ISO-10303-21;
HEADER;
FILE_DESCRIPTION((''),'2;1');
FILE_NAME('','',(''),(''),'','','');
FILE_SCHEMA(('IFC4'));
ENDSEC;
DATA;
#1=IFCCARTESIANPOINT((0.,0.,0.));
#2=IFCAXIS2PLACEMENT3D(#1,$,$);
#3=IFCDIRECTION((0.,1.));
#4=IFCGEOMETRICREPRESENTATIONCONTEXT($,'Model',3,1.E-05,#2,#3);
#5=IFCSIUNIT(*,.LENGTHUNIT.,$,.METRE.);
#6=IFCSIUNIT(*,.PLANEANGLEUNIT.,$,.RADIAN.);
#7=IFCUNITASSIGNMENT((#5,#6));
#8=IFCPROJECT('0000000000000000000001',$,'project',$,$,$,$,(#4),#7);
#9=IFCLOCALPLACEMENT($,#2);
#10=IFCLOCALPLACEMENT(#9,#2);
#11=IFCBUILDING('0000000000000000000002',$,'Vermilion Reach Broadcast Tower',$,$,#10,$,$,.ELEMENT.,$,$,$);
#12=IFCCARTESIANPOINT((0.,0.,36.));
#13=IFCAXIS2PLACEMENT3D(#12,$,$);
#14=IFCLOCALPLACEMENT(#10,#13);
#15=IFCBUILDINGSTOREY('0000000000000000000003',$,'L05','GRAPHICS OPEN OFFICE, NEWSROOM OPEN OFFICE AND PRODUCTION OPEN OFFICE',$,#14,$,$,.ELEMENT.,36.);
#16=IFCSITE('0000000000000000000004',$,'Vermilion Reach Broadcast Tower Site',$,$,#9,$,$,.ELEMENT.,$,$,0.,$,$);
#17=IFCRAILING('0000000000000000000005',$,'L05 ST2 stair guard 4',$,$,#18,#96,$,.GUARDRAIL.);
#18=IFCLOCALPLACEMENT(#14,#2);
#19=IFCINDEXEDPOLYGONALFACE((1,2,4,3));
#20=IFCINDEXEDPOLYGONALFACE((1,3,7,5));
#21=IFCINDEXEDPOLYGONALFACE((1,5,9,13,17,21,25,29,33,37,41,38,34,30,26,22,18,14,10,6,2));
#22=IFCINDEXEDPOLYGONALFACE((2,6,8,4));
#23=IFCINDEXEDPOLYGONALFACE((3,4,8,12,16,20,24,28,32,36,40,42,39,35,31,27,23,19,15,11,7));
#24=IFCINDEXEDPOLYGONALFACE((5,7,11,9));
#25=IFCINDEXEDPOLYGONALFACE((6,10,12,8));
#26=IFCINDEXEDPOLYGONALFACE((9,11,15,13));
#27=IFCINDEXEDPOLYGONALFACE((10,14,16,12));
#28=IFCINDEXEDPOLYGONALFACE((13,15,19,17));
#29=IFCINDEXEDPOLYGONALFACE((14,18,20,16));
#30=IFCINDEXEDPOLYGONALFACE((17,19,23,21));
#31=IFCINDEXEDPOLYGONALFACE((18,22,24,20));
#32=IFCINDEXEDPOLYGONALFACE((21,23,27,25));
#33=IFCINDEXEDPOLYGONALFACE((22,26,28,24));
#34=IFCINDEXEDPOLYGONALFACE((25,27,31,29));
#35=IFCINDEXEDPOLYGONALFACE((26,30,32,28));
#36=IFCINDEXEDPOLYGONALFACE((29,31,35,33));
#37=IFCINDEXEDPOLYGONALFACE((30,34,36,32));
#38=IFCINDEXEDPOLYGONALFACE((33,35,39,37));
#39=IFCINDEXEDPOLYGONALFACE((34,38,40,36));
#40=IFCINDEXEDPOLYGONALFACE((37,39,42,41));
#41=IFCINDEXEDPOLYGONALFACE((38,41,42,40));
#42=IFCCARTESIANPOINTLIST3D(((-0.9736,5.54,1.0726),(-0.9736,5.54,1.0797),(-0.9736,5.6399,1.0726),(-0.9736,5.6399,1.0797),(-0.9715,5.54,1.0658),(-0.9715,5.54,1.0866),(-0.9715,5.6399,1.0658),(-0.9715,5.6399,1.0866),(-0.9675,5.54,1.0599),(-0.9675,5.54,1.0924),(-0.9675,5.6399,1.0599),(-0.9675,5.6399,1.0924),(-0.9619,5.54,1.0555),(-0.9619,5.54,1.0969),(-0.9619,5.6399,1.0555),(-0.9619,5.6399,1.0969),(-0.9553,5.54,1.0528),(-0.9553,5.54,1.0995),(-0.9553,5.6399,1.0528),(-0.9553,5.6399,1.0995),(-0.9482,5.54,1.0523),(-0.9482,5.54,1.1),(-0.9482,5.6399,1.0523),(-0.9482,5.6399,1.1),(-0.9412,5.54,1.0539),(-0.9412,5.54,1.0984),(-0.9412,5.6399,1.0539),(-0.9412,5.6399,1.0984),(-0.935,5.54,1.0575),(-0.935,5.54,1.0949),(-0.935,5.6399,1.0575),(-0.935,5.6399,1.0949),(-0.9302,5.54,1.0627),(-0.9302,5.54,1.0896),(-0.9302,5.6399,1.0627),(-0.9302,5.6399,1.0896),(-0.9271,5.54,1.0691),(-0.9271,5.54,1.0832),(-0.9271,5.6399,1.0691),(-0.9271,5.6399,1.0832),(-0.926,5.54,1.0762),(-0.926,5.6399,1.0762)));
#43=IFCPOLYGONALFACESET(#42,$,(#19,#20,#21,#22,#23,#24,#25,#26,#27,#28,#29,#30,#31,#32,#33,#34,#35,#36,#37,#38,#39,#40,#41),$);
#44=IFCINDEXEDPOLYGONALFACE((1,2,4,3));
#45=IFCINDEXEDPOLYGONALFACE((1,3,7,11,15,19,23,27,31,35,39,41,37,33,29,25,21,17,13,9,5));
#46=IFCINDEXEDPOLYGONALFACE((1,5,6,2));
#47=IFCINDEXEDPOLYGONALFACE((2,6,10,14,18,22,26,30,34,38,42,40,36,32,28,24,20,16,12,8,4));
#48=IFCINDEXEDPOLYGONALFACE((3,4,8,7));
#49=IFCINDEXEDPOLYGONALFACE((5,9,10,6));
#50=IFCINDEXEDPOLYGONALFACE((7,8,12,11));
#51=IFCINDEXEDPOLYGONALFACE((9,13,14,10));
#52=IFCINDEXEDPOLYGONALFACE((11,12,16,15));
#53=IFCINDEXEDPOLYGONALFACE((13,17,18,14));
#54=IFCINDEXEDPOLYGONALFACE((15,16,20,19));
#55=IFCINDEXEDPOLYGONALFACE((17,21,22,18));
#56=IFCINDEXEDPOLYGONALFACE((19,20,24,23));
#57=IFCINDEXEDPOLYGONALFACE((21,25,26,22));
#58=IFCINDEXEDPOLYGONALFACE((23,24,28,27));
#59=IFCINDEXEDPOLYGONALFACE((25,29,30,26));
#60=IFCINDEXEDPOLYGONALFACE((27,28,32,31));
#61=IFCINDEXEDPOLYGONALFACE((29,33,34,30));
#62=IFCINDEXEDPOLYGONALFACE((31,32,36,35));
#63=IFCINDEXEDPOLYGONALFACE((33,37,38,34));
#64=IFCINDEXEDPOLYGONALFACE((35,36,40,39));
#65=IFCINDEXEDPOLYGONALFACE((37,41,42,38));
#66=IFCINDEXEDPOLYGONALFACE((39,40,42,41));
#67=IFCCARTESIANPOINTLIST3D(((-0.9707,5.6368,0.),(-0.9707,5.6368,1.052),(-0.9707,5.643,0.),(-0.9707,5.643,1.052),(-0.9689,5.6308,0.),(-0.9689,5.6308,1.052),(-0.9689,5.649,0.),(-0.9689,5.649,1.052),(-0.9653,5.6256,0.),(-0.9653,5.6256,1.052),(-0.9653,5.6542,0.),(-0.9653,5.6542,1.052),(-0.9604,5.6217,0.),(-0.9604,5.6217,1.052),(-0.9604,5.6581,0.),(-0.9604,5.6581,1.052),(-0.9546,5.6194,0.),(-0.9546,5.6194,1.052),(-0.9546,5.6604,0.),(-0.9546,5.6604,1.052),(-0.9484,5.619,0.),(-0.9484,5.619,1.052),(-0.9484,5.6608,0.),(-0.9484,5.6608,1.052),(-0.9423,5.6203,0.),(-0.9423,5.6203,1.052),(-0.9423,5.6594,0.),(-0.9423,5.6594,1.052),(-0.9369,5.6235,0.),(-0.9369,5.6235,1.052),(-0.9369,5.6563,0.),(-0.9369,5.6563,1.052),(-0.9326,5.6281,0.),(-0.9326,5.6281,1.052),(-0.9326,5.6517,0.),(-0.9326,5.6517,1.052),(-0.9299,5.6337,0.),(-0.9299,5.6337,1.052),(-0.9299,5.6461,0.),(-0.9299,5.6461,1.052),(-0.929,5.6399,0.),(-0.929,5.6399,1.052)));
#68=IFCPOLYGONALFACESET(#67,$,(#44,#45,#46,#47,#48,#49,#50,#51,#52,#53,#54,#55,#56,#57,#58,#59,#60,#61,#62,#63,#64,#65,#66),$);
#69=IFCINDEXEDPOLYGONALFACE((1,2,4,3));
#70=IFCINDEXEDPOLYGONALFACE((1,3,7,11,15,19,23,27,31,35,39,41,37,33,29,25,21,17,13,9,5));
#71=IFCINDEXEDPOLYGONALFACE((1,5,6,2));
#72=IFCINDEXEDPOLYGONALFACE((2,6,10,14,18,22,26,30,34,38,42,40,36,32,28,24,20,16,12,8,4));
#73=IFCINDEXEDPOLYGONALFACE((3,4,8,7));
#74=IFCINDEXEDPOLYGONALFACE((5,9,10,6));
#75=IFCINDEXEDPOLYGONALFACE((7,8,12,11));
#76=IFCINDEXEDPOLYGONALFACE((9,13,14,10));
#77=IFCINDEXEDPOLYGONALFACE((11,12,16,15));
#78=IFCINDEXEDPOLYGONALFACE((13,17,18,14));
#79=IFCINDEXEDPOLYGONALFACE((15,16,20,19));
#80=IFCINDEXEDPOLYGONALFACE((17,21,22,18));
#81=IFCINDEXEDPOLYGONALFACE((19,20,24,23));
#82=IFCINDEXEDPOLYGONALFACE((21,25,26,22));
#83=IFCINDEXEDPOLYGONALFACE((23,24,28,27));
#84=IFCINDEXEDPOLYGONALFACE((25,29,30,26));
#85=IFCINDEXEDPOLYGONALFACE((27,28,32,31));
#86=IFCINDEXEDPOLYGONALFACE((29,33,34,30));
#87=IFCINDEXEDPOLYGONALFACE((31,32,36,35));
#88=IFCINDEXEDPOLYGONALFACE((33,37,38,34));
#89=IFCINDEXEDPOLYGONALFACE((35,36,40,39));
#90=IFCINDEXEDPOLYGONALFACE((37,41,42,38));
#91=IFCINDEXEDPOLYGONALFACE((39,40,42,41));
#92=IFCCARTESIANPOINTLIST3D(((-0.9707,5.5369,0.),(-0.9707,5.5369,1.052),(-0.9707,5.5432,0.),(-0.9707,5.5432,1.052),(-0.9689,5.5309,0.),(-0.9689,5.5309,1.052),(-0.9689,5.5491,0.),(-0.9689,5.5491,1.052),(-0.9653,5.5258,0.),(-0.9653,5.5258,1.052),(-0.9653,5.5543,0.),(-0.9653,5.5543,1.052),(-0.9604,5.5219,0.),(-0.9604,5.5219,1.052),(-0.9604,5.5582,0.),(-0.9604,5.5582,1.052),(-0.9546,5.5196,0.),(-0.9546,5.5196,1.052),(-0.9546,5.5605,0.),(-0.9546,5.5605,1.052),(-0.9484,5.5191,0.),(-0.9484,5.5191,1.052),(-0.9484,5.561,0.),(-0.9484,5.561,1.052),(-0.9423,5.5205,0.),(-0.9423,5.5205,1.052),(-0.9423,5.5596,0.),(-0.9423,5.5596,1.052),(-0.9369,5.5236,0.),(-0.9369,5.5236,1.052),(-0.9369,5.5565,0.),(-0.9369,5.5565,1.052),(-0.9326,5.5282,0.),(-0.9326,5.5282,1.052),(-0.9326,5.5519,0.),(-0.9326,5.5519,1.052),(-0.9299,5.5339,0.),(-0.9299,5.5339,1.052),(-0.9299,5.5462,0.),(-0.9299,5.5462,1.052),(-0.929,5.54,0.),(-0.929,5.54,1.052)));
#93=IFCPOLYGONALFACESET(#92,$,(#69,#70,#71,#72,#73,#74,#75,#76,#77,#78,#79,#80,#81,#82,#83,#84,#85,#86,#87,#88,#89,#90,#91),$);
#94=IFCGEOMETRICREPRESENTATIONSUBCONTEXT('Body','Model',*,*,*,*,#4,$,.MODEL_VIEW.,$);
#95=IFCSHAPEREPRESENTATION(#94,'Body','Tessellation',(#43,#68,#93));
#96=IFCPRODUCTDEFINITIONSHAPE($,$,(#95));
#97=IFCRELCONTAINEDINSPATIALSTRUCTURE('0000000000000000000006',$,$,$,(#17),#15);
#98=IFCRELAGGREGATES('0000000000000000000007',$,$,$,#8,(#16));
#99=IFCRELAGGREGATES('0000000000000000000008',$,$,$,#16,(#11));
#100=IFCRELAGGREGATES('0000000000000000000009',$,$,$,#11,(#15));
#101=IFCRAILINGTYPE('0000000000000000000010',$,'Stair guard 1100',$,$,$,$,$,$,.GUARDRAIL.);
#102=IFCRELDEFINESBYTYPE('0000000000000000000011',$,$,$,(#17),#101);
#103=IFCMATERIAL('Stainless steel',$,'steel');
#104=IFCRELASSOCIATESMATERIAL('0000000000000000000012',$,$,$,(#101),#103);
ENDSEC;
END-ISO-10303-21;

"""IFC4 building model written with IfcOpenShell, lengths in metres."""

from ifc_helpers import new_model, si_unit, direction, frame, origin, origin_2d, place, context, subcontext, project, spatial, circle, extrude, material, type_object, element, save


model = new_model("IFC4")

# Units and contexts
model_context = context("Model", 3, precision=1e-05, world=origin(), true_north=direction((0.0, 1.0)))
body_context = subcontext(model_context, "Body", "Model", "MODEL_VIEW")
ifc_project = project(units=[si_unit("LENGTHUNIT", "METRE"), si_unit("PLANEANGLEUNIT", "RADIAN")], contexts=[model_context])

# Site, building, storey
site_placement = place(None, origin())
site = spatial("IfcSite", under=ifc_project, at=site_placement, Name="Vermilion Reach Broadcast Tower Site", CompositionType="ELEMENT", RefElevation=0.0)
building_placement = place(site_placement, origin())
building = spatial("IfcBuilding", under=site, at=building_placement, Name="Vermilion Reach Broadcast Tower", CompositionType="ELEMENT")
storey_placement = place(building_placement, frame((0.0, 0.0, 36.0)))
storey = spatial("IfcBuildingStorey", under=building, at=storey_placement, Name="L05", Description="GRAPHICS OPEN OFFICE, NEWSROOM OPEN OFFICE AND PRODUCTION OPEN OFFICE", CompositionType="ELEMENT", Elevation=36.0)

# Railing
ifc_material_1 = material(Name="Stainless steel", Category="steel")
railing_type_1 = type_object("IfcRailingType", Name="Stair guard 1100", PredefinedType="GUARDRAIL", material=ifc_material_1)
railing_1_placement = place(storey_placement, frame((-0.95, 5.6399, 0.0)))
element("IfcRailing", 1, at=railing_1_placement, inside=storey, type_object=railing_type_1, Name="L05 ST2 stair guard 4", PredefinedType="GUARDRAIL", context=body_context, shape_type="SweptSolid", body=[
    extrude(circle(Radius=0.0239, at=origin_2d()), frame((0.0, 0.0, 1.0762), z_axis=(0.0, -1.0, 0.0), x_axis=(1.0, 0.0, 0.0)), (0.0, 0.0, 1.0), 0.0999),
    extrude(circle(Radius=0.021, at=origin_2d()), origin(), (0.0, 0.0, 1.0), 1.052),
    extrude(circle(Radius=0.021, at=origin_2d()), frame((0.0, -0.0999, 0.0)), (0.0, 0.0, 1.0), 1.052),
])

save(model, "model.ifc")
